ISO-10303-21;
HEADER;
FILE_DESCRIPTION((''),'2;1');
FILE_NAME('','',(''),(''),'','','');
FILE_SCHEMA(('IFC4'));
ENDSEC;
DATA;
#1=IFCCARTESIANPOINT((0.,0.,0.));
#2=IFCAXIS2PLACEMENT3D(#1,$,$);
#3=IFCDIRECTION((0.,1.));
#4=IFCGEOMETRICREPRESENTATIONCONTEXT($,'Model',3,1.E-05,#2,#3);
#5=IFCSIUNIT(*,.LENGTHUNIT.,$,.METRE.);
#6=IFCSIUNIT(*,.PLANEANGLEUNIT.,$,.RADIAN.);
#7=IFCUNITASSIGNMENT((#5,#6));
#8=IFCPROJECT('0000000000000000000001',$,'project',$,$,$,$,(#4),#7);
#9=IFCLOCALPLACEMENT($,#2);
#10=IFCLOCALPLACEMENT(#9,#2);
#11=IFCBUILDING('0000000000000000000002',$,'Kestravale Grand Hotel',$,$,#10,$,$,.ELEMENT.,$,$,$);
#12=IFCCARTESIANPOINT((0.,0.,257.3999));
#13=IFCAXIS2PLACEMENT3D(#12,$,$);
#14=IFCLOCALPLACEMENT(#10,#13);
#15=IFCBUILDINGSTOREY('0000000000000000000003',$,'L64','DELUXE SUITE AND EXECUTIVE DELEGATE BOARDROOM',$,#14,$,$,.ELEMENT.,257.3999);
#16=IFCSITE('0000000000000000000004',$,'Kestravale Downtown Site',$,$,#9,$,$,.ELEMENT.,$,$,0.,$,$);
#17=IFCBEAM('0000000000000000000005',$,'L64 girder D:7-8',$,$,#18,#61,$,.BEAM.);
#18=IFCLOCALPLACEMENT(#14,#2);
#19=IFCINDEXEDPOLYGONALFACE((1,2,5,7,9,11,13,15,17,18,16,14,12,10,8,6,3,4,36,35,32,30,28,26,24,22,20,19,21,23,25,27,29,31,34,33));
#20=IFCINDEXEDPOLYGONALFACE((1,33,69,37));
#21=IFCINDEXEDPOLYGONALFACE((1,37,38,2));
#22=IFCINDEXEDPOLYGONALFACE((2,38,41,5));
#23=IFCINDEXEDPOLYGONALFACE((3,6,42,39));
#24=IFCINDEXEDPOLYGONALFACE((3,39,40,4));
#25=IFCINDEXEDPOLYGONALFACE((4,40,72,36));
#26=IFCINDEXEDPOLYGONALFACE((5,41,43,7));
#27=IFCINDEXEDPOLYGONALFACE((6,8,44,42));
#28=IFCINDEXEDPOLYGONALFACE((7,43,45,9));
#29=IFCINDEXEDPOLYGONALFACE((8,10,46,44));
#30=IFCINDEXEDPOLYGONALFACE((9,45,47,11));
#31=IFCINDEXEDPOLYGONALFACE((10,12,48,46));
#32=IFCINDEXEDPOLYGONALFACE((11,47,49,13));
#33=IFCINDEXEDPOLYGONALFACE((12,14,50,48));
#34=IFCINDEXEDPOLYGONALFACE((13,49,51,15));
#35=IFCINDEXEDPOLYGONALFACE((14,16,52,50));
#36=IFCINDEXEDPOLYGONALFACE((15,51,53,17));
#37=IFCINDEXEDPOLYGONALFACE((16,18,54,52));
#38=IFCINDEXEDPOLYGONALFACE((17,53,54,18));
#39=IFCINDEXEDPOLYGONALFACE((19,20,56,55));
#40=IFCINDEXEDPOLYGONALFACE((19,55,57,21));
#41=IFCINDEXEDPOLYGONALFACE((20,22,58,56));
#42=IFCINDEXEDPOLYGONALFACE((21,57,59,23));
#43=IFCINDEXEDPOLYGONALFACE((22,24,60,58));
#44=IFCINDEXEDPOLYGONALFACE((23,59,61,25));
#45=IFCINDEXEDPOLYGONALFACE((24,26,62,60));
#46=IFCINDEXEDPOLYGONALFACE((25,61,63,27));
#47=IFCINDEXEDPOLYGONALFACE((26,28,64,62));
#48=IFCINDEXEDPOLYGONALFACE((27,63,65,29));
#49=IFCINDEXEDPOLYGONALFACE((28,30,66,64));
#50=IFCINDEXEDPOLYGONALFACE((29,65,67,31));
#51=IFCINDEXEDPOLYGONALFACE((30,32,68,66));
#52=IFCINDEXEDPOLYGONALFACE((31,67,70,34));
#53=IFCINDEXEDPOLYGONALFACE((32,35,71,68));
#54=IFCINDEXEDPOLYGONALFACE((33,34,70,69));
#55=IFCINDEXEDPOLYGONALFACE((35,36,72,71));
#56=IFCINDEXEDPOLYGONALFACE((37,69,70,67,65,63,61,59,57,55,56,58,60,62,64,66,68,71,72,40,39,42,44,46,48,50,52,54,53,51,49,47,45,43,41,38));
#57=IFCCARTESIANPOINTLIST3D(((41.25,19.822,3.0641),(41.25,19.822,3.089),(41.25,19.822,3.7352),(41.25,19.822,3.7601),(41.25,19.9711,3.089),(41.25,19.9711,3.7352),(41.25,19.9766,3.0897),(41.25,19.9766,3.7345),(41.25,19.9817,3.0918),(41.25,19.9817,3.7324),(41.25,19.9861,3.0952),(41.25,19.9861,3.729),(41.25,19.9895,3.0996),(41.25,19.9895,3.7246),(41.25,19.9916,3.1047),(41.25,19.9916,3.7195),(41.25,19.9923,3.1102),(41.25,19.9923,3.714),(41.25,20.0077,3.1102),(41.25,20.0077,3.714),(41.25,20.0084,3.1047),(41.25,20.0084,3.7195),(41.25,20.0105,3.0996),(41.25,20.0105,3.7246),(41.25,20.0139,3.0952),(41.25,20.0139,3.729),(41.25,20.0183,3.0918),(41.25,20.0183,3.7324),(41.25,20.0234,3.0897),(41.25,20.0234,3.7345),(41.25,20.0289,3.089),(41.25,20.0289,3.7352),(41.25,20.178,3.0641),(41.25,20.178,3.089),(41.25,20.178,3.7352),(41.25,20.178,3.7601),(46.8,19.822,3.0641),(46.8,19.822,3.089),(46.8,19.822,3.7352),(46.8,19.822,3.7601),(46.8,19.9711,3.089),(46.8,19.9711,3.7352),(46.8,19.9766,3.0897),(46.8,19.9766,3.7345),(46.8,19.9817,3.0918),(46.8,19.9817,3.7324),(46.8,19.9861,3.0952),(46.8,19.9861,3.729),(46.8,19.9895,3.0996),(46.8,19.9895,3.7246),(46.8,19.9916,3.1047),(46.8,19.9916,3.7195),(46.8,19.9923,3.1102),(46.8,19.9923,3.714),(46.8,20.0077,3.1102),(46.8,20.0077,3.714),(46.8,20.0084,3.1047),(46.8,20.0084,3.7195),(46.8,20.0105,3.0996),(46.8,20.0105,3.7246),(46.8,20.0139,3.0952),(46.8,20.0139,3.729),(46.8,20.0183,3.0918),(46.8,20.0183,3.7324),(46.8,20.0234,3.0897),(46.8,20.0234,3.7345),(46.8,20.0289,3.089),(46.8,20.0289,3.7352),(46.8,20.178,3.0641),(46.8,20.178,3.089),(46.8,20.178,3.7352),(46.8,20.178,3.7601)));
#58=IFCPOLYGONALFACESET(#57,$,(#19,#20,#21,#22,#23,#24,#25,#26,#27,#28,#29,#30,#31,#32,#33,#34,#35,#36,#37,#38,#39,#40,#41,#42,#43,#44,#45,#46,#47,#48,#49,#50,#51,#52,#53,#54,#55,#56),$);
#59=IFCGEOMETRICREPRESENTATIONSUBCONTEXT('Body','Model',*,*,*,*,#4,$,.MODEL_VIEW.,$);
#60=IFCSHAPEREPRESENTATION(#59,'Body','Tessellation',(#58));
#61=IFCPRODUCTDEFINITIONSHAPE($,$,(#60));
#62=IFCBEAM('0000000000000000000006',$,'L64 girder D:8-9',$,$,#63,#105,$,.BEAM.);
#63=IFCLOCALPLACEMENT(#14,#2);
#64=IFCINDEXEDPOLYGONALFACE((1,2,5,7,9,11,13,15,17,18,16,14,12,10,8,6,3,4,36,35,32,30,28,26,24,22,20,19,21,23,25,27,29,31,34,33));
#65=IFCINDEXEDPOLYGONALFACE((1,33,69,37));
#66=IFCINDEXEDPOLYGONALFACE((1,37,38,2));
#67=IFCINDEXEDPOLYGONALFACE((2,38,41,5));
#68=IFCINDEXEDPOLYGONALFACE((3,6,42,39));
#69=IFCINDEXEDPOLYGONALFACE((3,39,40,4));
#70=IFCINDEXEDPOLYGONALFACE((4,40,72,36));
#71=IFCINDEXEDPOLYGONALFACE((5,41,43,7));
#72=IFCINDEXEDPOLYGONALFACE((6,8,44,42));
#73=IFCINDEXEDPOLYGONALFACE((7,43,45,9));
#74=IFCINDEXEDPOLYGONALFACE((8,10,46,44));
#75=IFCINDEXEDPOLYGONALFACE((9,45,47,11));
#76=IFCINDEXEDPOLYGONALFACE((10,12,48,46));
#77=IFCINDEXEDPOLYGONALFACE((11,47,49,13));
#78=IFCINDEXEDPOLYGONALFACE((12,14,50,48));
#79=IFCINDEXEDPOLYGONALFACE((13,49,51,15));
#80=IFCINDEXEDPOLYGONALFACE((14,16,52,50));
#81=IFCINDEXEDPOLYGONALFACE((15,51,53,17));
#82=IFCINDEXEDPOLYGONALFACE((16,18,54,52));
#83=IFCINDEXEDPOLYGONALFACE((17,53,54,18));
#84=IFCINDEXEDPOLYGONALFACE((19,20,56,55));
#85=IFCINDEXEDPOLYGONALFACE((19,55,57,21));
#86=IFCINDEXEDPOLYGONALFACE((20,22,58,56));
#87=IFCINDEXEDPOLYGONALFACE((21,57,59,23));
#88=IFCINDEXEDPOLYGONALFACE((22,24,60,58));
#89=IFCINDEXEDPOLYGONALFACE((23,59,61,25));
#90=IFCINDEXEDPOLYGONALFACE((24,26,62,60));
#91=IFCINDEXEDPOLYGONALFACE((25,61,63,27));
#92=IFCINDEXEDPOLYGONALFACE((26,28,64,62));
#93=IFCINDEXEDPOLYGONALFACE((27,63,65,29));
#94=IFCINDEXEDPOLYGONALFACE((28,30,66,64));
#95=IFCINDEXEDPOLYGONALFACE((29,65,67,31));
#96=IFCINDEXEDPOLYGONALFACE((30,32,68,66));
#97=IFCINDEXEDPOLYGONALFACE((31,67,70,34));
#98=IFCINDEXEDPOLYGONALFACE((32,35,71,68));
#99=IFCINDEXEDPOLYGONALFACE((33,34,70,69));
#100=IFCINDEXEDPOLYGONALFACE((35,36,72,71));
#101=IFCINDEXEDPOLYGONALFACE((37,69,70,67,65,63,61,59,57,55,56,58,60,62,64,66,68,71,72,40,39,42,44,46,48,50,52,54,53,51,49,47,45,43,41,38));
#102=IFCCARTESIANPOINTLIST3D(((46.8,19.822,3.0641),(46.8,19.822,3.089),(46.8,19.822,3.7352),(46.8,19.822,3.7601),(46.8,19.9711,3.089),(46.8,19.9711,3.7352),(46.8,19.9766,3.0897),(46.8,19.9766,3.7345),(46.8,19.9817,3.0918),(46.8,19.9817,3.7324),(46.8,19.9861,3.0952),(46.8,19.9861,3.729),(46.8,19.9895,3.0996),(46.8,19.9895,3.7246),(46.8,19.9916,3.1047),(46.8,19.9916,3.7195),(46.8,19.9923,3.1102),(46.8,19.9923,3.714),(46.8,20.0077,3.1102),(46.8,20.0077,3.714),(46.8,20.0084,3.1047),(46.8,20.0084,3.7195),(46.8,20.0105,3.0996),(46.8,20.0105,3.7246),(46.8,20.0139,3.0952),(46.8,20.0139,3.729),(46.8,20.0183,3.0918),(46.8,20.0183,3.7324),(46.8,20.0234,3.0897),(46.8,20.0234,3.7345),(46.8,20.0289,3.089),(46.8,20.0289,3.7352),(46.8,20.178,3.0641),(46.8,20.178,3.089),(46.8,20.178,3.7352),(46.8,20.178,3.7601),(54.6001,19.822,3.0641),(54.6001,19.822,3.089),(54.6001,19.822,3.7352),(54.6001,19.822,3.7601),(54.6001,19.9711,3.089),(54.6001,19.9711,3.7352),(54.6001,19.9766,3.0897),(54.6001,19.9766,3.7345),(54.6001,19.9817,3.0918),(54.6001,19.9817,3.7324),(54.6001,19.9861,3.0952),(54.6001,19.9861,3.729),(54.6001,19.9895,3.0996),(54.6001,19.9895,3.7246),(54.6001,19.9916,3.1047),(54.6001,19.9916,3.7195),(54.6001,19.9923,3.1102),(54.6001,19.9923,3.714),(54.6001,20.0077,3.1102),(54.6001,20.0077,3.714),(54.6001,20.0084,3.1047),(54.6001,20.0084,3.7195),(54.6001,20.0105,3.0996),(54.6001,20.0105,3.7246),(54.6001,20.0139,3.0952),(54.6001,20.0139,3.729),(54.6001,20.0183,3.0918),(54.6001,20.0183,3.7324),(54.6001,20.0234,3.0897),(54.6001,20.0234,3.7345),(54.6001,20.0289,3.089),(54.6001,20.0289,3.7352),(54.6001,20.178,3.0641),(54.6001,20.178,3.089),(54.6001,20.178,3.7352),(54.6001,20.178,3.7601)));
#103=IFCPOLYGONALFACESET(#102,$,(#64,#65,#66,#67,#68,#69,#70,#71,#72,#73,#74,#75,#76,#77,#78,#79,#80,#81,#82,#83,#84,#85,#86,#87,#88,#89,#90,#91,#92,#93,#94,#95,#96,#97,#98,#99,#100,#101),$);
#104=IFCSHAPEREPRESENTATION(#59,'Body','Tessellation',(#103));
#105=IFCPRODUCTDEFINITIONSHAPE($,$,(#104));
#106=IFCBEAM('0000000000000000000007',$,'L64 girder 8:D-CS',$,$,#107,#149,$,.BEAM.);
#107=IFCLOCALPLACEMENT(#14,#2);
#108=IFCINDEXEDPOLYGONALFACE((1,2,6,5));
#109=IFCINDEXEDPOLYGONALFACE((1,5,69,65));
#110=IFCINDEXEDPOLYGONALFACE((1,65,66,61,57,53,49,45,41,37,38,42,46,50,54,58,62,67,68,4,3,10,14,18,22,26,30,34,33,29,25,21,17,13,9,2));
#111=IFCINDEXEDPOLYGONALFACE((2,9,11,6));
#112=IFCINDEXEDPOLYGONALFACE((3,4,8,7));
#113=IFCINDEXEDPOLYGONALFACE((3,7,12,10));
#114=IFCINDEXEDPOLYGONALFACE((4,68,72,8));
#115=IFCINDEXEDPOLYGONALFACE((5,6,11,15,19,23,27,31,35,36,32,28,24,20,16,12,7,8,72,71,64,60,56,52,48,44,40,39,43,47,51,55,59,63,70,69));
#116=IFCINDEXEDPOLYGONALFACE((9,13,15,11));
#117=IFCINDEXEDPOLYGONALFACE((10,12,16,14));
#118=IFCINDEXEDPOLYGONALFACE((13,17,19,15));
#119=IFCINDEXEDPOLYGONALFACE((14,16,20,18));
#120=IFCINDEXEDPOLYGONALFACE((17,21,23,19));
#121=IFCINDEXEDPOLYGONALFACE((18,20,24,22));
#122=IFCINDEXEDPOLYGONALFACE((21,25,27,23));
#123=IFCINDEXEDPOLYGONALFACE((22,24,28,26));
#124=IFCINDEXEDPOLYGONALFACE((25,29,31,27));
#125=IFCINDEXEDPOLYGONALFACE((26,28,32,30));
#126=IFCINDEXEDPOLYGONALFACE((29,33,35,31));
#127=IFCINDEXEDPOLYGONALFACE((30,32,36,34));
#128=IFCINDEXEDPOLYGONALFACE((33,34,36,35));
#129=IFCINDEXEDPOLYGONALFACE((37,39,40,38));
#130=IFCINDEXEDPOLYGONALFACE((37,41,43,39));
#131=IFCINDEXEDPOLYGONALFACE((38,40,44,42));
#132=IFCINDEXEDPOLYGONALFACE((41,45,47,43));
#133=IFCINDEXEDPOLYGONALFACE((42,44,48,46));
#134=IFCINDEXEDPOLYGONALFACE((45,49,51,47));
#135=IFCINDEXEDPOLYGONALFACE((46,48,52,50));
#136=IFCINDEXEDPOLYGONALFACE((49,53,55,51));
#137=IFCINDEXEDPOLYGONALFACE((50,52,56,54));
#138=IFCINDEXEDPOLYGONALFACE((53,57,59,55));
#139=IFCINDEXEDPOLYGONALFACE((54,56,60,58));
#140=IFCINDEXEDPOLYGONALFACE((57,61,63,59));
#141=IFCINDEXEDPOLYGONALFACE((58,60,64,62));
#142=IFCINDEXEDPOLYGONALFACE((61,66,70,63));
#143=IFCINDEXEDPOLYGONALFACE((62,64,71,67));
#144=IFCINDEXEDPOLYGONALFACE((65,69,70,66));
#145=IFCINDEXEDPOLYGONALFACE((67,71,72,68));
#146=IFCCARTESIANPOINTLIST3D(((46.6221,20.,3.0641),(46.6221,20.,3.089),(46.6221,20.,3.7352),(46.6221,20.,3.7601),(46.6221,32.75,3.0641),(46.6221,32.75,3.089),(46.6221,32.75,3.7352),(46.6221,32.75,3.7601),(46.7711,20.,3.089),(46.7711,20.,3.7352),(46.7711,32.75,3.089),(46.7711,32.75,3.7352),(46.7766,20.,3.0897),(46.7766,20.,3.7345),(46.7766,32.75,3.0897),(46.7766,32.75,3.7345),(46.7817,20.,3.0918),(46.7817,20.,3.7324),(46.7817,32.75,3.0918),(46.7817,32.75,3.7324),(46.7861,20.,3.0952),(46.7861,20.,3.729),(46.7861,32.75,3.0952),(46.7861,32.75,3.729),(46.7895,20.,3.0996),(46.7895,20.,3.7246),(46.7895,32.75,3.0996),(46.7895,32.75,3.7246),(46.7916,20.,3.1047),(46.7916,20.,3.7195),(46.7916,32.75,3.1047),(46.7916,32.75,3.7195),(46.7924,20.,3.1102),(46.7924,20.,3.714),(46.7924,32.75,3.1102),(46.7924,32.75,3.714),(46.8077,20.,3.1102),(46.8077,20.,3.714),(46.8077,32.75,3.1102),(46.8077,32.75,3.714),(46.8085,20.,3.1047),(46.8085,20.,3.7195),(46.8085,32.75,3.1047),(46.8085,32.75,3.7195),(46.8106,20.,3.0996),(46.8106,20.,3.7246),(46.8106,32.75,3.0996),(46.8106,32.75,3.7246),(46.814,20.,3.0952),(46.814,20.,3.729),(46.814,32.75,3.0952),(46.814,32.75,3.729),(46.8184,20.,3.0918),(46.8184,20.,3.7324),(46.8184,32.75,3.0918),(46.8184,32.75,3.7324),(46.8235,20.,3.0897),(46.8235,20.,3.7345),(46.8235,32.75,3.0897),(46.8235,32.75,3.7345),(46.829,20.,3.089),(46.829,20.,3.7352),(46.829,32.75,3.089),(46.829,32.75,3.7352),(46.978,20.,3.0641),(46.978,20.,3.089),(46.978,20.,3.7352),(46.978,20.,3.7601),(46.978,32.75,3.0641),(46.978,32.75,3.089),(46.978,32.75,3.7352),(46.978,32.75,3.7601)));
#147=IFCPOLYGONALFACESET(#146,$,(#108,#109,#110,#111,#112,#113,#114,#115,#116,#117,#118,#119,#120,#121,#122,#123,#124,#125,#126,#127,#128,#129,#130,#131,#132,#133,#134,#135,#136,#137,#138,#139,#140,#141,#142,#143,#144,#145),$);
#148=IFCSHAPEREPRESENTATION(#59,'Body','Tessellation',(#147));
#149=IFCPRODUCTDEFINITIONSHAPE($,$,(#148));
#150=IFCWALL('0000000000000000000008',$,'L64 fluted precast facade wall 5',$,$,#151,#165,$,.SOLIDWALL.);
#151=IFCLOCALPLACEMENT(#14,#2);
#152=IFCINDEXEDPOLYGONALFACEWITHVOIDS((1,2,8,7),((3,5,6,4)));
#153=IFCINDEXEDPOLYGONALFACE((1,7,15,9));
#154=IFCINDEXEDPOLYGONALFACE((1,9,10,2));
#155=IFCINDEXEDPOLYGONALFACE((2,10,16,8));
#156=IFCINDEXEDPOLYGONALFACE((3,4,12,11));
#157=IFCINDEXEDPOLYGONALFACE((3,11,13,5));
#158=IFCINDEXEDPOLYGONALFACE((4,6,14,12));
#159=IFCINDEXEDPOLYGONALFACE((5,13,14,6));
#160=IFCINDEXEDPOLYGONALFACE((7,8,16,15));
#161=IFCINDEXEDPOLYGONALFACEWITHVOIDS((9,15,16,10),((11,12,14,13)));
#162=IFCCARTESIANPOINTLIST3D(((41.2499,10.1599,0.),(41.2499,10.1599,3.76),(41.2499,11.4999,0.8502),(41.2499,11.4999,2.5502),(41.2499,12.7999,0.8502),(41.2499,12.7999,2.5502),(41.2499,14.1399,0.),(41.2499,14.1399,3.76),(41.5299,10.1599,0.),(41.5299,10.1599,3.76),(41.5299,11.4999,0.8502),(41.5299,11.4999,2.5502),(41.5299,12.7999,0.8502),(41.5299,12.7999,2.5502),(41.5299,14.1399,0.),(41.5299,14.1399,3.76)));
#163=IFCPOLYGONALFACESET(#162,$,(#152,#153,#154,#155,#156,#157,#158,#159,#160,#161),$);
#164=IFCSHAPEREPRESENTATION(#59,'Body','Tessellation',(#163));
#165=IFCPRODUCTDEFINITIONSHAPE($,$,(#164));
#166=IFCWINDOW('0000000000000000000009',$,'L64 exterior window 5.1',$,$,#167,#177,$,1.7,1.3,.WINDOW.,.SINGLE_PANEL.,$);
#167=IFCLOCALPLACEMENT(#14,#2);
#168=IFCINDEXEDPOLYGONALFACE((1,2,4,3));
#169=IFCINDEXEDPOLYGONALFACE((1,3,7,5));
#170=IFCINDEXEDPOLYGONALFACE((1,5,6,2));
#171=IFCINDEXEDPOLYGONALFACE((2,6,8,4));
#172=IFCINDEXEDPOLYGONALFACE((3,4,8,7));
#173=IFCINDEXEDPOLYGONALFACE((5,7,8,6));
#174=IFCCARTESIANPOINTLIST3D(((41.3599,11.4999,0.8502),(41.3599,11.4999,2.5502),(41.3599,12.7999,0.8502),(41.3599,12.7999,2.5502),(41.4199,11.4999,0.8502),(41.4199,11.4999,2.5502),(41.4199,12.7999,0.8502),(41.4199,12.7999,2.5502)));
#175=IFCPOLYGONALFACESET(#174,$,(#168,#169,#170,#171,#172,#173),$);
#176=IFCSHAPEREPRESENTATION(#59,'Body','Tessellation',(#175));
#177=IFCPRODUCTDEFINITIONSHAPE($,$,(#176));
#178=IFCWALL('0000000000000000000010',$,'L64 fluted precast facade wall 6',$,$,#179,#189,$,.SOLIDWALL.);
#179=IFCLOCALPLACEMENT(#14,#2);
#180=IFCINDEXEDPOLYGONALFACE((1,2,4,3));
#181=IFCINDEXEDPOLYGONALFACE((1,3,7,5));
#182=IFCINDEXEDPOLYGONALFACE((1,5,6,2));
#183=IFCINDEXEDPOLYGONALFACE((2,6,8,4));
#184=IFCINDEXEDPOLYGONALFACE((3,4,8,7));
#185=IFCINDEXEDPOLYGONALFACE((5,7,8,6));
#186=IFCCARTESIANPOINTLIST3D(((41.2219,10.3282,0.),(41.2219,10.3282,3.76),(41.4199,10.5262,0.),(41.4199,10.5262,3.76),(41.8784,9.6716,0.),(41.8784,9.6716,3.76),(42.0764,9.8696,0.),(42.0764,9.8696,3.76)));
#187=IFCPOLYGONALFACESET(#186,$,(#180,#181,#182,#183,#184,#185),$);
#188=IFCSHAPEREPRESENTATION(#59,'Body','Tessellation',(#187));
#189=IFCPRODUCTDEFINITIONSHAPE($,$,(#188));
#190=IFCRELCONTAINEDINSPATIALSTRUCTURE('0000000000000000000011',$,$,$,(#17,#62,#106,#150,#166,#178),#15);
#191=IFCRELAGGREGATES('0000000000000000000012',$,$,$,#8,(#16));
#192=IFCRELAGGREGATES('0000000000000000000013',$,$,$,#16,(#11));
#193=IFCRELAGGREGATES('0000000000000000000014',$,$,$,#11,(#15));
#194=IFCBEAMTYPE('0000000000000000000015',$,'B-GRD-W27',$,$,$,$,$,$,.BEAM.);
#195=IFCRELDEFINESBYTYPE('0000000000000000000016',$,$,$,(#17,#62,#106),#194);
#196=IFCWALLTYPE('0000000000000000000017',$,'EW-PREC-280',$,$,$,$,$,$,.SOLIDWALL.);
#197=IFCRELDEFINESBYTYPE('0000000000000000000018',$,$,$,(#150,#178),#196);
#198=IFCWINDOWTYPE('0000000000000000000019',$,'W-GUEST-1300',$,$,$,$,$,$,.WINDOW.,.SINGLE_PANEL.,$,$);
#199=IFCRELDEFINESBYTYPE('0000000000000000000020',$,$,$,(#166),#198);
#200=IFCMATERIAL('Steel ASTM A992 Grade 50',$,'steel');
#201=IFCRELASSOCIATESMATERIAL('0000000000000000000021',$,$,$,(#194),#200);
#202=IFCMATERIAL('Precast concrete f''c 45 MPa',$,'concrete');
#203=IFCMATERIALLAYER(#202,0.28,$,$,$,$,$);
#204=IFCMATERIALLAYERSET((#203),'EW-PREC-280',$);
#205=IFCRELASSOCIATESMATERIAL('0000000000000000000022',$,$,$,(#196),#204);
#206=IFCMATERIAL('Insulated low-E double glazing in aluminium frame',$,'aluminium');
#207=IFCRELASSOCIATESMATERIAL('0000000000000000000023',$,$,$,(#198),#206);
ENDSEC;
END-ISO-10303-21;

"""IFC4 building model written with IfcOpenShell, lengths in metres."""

from ifc_helpers import new_model, si_unit, direction, frame, frame_2d, origin, origin_2d, place, context, subcontext, project, spatial, rectangle, i_section, extrude, material, layer, layer_set, material_profile, profile_set, type_object, element, fill, save


model = new_model("IFC4")

# Units and contexts
model_context = context("Model", 3, precision=1e-05, world=origin(), true_north=direction((0.0, 1.0)))
body_context = subcontext(model_context, "Body", "Model", "MODEL_VIEW")
ifc_project = project(units=[si_unit("LENGTHUNIT", "METRE"), si_unit("PLANEANGLEUNIT", "RADIAN")], contexts=[model_context])

# Site, building, storey
site_placement = place(None, origin())
site = spatial("IfcSite", under=ifc_project, at=site_placement, Name="Kestravale Downtown Site", CompositionType="ELEMENT", RefElevation=0.0)
building_placement = place(site_placement, origin())
building = spatial("IfcBuilding", under=site, at=building_placement, Name="Kestravale Grand Hotel", CompositionType="ELEMENT")
storey_placement = place(building_placement, frame((0.0, 0.0, 257.3999)))
storey = spatial("IfcBuildingStorey", under=building, at=storey_placement, Name="L64", Description="DELUXE SUITE AND EXECUTIVE DELEGATE BOARDROOM", CompositionType="ELEMENT", Elevation=257.3999)

# Beams
ifc_material_1 = material(Name="Steel ASTM A992 Grade 50", Category="steel")
ifc_material_profile_1 = material_profile(ifc_material_1, i_section(OverallWidth=0.356, OverallDepth=0.696, WebThickness=0.0154, FlangeThickness=0.0249, FilletRadius=0.0212, at=origin_2d()))
ifc_profile_set_1 = profile_set([ifc_material_profile_1], Name="Steel ASTM A992 Grade 50")
beam_type_1 = type_object("IfcBeamType", Name="B-GRD-W27", PredefinedType="BEAM", material=ifc_profile_set_1)
beam_1_placement = place(storey_placement, frame((41.25, 20.0, 3.4121), z_axis=(1.0, 0.0, 0.0), x_axis=(0.0, 1.0, 0.0)))
element("IfcBeam", 1, at=beam_1_placement, inside=storey, type_object=beam_type_1, Name="L64 girder D:7-8", PredefinedType="BEAM", context=body_context, shape_type="SweptSolid", body=[
    extrude(i_section(OverallWidth=0.356, OverallDepth=0.696, WebThickness=0.0154, FlangeThickness=0.0249, FilletRadius=0.0212, at=origin_2d()), origin(), (0.0, 0.0, 1.0), 5.55),
])
beam_2_placement = place(storey_placement, frame((46.8, 20.0, 3.4121), z_axis=(1.0, 0.0, 0.0), x_axis=(0.0, 1.0, 0.0)))
element("IfcBeam", 2, at=beam_2_placement, inside=storey, type_object=beam_type_1, Name="L64 girder D:8-9", PredefinedType="BEAM", context=body_context, shape_type="SweptSolid", body=[
    extrude(i_section(OverallWidth=0.356, OverallDepth=0.696, WebThickness=0.0154, FlangeThickness=0.0249, FilletRadius=0.0212, at=origin_2d()), origin(), (0.0, 0.0, 1.0), 7.8),
])
beam_3_placement = place(storey_placement, frame((46.8, 20.0, 3.4121), z_axis=(0.0, 1.0, 0.0), x_axis=(-1.0, 0.0, 0.0)))
element("IfcBeam", 3, at=beam_3_placement, inside=storey, type_object=beam_type_1, Name="L64 girder 8:D-CS", PredefinedType="BEAM", context=body_context, shape_type="SweptSolid", body=[
    extrude(i_section(OverallWidth=0.356, OverallDepth=0.696, WebThickness=0.0154, FlangeThickness=0.0249, FilletRadius=0.0212, at=origin_2d()), origin(), (0.0, 0.0, 1.0), 12.75),
])

# Wall, opening, window
ifc_material_2 = material(Name="Precast concrete f'c 45 MPa", Category="concrete")
ifc_layer_1 = layer(ifc_material_2, 0.28)
ifc_layer_set_1 = layer_set([ifc_layer_1], Name="EW-PREC-280")
wall_type_1 = type_object("IfcWallType", Name="EW-PREC-280", PredefinedType="SOLIDWALL", material=ifc_layer_set_1)
wall_1_placement = place(storey_placement, frame((41.3899, 14.1399, 0.0), z_axis=(0.0, 0.0, 1.0), x_axis=(0.0, -1.0, 0.0)))
wall_1 = element("IfcWall", 4, at=wall_1_placement, inside=storey, type_object=wall_type_1, Name="L64 fluted precast facade wall 5", PredefinedType="SOLIDWALL", context=body_context, shape_type="SweptSolid", body=[
    extrude(rectangle(XDim=3.98, YDim=0.28, at=frame_2d((1.99, 0.0))), origin(), (0.0, 0.0, 1.0), 3.76),
])
opening_1_placement = place(wall_1_placement, frame((1.3401, 0.0, 0.8501)))
opening_1 = element("IfcOpeningElement", 5, at=opening_1_placement, cuts=wall_1, PredefinedType="OPENING", context=body_context, shape_type="SweptSolid", body=[
    extrude(rectangle(XDim=1.3, YDim=1.7, at=frame_2d((0.6499, 0.8501))), frame((0.0, 0.1499, 0.0), z_axis=(0.0, -1.0, 0.0), x_axis=(1.0, 0.0, 0.0)), (0.0, 0.0, 1.0), 0.3),
])
ifc_material_3 = material(Name="Insulated low-E double glazing in aluminium frame", Category="aluminium")
window_type = type_object("IfcWindowType", Name="W-GUEST-1300", PartitioningType="SINGLE_PANEL", PredefinedType="WINDOW", material=ifc_material_3)
window_1_placement = place(opening_1_placement, origin())
window_1 = element("IfcWindow", 6, at=window_1_placement, inside=storey, type_object=window_type, Name="L64 exterior window 5.1", OverallHeight=1.7, OverallWidth=1.3, PartitioningType="SINGLE_PANEL", PredefinedType="WINDOW", context=body_context, shape_type="SweptSolid", body=[
    extrude(rectangle(XDim=1.3, YDim=1.7, at=frame_2d((0.6499, 0.8501))), frame((0.0, 0.03, 0.0), z_axis=(0.0, -1.0, 0.0), x_axis=(1.0, 0.0, 0.0)), (0.0, 0.0, 1.0), 0.0601),
])
fill(opening_1, window_1)

# Wall
wall_2_placement = place(storey_placement, frame((41.3208, 10.4272, 0.0), z_axis=(0.0, 0.0, 1.0), x_axis=(0.707107, -0.707107, 0.0)))
element("IfcWall", 7, at=wall_2_placement, inside=storey, type_object=wall_type_1, Name="L64 fluted precast facade wall 6", PredefinedType="SOLIDWALL", context=body_context, shape_type="SweptSolid", body=[
    extrude(rectangle(XDim=0.9285, YDim=0.28, at=frame_2d((0.4644, 0.0))), origin(), (0.0, 0.0, 1.0), 3.76),
])

save(model, "model.ifc")
